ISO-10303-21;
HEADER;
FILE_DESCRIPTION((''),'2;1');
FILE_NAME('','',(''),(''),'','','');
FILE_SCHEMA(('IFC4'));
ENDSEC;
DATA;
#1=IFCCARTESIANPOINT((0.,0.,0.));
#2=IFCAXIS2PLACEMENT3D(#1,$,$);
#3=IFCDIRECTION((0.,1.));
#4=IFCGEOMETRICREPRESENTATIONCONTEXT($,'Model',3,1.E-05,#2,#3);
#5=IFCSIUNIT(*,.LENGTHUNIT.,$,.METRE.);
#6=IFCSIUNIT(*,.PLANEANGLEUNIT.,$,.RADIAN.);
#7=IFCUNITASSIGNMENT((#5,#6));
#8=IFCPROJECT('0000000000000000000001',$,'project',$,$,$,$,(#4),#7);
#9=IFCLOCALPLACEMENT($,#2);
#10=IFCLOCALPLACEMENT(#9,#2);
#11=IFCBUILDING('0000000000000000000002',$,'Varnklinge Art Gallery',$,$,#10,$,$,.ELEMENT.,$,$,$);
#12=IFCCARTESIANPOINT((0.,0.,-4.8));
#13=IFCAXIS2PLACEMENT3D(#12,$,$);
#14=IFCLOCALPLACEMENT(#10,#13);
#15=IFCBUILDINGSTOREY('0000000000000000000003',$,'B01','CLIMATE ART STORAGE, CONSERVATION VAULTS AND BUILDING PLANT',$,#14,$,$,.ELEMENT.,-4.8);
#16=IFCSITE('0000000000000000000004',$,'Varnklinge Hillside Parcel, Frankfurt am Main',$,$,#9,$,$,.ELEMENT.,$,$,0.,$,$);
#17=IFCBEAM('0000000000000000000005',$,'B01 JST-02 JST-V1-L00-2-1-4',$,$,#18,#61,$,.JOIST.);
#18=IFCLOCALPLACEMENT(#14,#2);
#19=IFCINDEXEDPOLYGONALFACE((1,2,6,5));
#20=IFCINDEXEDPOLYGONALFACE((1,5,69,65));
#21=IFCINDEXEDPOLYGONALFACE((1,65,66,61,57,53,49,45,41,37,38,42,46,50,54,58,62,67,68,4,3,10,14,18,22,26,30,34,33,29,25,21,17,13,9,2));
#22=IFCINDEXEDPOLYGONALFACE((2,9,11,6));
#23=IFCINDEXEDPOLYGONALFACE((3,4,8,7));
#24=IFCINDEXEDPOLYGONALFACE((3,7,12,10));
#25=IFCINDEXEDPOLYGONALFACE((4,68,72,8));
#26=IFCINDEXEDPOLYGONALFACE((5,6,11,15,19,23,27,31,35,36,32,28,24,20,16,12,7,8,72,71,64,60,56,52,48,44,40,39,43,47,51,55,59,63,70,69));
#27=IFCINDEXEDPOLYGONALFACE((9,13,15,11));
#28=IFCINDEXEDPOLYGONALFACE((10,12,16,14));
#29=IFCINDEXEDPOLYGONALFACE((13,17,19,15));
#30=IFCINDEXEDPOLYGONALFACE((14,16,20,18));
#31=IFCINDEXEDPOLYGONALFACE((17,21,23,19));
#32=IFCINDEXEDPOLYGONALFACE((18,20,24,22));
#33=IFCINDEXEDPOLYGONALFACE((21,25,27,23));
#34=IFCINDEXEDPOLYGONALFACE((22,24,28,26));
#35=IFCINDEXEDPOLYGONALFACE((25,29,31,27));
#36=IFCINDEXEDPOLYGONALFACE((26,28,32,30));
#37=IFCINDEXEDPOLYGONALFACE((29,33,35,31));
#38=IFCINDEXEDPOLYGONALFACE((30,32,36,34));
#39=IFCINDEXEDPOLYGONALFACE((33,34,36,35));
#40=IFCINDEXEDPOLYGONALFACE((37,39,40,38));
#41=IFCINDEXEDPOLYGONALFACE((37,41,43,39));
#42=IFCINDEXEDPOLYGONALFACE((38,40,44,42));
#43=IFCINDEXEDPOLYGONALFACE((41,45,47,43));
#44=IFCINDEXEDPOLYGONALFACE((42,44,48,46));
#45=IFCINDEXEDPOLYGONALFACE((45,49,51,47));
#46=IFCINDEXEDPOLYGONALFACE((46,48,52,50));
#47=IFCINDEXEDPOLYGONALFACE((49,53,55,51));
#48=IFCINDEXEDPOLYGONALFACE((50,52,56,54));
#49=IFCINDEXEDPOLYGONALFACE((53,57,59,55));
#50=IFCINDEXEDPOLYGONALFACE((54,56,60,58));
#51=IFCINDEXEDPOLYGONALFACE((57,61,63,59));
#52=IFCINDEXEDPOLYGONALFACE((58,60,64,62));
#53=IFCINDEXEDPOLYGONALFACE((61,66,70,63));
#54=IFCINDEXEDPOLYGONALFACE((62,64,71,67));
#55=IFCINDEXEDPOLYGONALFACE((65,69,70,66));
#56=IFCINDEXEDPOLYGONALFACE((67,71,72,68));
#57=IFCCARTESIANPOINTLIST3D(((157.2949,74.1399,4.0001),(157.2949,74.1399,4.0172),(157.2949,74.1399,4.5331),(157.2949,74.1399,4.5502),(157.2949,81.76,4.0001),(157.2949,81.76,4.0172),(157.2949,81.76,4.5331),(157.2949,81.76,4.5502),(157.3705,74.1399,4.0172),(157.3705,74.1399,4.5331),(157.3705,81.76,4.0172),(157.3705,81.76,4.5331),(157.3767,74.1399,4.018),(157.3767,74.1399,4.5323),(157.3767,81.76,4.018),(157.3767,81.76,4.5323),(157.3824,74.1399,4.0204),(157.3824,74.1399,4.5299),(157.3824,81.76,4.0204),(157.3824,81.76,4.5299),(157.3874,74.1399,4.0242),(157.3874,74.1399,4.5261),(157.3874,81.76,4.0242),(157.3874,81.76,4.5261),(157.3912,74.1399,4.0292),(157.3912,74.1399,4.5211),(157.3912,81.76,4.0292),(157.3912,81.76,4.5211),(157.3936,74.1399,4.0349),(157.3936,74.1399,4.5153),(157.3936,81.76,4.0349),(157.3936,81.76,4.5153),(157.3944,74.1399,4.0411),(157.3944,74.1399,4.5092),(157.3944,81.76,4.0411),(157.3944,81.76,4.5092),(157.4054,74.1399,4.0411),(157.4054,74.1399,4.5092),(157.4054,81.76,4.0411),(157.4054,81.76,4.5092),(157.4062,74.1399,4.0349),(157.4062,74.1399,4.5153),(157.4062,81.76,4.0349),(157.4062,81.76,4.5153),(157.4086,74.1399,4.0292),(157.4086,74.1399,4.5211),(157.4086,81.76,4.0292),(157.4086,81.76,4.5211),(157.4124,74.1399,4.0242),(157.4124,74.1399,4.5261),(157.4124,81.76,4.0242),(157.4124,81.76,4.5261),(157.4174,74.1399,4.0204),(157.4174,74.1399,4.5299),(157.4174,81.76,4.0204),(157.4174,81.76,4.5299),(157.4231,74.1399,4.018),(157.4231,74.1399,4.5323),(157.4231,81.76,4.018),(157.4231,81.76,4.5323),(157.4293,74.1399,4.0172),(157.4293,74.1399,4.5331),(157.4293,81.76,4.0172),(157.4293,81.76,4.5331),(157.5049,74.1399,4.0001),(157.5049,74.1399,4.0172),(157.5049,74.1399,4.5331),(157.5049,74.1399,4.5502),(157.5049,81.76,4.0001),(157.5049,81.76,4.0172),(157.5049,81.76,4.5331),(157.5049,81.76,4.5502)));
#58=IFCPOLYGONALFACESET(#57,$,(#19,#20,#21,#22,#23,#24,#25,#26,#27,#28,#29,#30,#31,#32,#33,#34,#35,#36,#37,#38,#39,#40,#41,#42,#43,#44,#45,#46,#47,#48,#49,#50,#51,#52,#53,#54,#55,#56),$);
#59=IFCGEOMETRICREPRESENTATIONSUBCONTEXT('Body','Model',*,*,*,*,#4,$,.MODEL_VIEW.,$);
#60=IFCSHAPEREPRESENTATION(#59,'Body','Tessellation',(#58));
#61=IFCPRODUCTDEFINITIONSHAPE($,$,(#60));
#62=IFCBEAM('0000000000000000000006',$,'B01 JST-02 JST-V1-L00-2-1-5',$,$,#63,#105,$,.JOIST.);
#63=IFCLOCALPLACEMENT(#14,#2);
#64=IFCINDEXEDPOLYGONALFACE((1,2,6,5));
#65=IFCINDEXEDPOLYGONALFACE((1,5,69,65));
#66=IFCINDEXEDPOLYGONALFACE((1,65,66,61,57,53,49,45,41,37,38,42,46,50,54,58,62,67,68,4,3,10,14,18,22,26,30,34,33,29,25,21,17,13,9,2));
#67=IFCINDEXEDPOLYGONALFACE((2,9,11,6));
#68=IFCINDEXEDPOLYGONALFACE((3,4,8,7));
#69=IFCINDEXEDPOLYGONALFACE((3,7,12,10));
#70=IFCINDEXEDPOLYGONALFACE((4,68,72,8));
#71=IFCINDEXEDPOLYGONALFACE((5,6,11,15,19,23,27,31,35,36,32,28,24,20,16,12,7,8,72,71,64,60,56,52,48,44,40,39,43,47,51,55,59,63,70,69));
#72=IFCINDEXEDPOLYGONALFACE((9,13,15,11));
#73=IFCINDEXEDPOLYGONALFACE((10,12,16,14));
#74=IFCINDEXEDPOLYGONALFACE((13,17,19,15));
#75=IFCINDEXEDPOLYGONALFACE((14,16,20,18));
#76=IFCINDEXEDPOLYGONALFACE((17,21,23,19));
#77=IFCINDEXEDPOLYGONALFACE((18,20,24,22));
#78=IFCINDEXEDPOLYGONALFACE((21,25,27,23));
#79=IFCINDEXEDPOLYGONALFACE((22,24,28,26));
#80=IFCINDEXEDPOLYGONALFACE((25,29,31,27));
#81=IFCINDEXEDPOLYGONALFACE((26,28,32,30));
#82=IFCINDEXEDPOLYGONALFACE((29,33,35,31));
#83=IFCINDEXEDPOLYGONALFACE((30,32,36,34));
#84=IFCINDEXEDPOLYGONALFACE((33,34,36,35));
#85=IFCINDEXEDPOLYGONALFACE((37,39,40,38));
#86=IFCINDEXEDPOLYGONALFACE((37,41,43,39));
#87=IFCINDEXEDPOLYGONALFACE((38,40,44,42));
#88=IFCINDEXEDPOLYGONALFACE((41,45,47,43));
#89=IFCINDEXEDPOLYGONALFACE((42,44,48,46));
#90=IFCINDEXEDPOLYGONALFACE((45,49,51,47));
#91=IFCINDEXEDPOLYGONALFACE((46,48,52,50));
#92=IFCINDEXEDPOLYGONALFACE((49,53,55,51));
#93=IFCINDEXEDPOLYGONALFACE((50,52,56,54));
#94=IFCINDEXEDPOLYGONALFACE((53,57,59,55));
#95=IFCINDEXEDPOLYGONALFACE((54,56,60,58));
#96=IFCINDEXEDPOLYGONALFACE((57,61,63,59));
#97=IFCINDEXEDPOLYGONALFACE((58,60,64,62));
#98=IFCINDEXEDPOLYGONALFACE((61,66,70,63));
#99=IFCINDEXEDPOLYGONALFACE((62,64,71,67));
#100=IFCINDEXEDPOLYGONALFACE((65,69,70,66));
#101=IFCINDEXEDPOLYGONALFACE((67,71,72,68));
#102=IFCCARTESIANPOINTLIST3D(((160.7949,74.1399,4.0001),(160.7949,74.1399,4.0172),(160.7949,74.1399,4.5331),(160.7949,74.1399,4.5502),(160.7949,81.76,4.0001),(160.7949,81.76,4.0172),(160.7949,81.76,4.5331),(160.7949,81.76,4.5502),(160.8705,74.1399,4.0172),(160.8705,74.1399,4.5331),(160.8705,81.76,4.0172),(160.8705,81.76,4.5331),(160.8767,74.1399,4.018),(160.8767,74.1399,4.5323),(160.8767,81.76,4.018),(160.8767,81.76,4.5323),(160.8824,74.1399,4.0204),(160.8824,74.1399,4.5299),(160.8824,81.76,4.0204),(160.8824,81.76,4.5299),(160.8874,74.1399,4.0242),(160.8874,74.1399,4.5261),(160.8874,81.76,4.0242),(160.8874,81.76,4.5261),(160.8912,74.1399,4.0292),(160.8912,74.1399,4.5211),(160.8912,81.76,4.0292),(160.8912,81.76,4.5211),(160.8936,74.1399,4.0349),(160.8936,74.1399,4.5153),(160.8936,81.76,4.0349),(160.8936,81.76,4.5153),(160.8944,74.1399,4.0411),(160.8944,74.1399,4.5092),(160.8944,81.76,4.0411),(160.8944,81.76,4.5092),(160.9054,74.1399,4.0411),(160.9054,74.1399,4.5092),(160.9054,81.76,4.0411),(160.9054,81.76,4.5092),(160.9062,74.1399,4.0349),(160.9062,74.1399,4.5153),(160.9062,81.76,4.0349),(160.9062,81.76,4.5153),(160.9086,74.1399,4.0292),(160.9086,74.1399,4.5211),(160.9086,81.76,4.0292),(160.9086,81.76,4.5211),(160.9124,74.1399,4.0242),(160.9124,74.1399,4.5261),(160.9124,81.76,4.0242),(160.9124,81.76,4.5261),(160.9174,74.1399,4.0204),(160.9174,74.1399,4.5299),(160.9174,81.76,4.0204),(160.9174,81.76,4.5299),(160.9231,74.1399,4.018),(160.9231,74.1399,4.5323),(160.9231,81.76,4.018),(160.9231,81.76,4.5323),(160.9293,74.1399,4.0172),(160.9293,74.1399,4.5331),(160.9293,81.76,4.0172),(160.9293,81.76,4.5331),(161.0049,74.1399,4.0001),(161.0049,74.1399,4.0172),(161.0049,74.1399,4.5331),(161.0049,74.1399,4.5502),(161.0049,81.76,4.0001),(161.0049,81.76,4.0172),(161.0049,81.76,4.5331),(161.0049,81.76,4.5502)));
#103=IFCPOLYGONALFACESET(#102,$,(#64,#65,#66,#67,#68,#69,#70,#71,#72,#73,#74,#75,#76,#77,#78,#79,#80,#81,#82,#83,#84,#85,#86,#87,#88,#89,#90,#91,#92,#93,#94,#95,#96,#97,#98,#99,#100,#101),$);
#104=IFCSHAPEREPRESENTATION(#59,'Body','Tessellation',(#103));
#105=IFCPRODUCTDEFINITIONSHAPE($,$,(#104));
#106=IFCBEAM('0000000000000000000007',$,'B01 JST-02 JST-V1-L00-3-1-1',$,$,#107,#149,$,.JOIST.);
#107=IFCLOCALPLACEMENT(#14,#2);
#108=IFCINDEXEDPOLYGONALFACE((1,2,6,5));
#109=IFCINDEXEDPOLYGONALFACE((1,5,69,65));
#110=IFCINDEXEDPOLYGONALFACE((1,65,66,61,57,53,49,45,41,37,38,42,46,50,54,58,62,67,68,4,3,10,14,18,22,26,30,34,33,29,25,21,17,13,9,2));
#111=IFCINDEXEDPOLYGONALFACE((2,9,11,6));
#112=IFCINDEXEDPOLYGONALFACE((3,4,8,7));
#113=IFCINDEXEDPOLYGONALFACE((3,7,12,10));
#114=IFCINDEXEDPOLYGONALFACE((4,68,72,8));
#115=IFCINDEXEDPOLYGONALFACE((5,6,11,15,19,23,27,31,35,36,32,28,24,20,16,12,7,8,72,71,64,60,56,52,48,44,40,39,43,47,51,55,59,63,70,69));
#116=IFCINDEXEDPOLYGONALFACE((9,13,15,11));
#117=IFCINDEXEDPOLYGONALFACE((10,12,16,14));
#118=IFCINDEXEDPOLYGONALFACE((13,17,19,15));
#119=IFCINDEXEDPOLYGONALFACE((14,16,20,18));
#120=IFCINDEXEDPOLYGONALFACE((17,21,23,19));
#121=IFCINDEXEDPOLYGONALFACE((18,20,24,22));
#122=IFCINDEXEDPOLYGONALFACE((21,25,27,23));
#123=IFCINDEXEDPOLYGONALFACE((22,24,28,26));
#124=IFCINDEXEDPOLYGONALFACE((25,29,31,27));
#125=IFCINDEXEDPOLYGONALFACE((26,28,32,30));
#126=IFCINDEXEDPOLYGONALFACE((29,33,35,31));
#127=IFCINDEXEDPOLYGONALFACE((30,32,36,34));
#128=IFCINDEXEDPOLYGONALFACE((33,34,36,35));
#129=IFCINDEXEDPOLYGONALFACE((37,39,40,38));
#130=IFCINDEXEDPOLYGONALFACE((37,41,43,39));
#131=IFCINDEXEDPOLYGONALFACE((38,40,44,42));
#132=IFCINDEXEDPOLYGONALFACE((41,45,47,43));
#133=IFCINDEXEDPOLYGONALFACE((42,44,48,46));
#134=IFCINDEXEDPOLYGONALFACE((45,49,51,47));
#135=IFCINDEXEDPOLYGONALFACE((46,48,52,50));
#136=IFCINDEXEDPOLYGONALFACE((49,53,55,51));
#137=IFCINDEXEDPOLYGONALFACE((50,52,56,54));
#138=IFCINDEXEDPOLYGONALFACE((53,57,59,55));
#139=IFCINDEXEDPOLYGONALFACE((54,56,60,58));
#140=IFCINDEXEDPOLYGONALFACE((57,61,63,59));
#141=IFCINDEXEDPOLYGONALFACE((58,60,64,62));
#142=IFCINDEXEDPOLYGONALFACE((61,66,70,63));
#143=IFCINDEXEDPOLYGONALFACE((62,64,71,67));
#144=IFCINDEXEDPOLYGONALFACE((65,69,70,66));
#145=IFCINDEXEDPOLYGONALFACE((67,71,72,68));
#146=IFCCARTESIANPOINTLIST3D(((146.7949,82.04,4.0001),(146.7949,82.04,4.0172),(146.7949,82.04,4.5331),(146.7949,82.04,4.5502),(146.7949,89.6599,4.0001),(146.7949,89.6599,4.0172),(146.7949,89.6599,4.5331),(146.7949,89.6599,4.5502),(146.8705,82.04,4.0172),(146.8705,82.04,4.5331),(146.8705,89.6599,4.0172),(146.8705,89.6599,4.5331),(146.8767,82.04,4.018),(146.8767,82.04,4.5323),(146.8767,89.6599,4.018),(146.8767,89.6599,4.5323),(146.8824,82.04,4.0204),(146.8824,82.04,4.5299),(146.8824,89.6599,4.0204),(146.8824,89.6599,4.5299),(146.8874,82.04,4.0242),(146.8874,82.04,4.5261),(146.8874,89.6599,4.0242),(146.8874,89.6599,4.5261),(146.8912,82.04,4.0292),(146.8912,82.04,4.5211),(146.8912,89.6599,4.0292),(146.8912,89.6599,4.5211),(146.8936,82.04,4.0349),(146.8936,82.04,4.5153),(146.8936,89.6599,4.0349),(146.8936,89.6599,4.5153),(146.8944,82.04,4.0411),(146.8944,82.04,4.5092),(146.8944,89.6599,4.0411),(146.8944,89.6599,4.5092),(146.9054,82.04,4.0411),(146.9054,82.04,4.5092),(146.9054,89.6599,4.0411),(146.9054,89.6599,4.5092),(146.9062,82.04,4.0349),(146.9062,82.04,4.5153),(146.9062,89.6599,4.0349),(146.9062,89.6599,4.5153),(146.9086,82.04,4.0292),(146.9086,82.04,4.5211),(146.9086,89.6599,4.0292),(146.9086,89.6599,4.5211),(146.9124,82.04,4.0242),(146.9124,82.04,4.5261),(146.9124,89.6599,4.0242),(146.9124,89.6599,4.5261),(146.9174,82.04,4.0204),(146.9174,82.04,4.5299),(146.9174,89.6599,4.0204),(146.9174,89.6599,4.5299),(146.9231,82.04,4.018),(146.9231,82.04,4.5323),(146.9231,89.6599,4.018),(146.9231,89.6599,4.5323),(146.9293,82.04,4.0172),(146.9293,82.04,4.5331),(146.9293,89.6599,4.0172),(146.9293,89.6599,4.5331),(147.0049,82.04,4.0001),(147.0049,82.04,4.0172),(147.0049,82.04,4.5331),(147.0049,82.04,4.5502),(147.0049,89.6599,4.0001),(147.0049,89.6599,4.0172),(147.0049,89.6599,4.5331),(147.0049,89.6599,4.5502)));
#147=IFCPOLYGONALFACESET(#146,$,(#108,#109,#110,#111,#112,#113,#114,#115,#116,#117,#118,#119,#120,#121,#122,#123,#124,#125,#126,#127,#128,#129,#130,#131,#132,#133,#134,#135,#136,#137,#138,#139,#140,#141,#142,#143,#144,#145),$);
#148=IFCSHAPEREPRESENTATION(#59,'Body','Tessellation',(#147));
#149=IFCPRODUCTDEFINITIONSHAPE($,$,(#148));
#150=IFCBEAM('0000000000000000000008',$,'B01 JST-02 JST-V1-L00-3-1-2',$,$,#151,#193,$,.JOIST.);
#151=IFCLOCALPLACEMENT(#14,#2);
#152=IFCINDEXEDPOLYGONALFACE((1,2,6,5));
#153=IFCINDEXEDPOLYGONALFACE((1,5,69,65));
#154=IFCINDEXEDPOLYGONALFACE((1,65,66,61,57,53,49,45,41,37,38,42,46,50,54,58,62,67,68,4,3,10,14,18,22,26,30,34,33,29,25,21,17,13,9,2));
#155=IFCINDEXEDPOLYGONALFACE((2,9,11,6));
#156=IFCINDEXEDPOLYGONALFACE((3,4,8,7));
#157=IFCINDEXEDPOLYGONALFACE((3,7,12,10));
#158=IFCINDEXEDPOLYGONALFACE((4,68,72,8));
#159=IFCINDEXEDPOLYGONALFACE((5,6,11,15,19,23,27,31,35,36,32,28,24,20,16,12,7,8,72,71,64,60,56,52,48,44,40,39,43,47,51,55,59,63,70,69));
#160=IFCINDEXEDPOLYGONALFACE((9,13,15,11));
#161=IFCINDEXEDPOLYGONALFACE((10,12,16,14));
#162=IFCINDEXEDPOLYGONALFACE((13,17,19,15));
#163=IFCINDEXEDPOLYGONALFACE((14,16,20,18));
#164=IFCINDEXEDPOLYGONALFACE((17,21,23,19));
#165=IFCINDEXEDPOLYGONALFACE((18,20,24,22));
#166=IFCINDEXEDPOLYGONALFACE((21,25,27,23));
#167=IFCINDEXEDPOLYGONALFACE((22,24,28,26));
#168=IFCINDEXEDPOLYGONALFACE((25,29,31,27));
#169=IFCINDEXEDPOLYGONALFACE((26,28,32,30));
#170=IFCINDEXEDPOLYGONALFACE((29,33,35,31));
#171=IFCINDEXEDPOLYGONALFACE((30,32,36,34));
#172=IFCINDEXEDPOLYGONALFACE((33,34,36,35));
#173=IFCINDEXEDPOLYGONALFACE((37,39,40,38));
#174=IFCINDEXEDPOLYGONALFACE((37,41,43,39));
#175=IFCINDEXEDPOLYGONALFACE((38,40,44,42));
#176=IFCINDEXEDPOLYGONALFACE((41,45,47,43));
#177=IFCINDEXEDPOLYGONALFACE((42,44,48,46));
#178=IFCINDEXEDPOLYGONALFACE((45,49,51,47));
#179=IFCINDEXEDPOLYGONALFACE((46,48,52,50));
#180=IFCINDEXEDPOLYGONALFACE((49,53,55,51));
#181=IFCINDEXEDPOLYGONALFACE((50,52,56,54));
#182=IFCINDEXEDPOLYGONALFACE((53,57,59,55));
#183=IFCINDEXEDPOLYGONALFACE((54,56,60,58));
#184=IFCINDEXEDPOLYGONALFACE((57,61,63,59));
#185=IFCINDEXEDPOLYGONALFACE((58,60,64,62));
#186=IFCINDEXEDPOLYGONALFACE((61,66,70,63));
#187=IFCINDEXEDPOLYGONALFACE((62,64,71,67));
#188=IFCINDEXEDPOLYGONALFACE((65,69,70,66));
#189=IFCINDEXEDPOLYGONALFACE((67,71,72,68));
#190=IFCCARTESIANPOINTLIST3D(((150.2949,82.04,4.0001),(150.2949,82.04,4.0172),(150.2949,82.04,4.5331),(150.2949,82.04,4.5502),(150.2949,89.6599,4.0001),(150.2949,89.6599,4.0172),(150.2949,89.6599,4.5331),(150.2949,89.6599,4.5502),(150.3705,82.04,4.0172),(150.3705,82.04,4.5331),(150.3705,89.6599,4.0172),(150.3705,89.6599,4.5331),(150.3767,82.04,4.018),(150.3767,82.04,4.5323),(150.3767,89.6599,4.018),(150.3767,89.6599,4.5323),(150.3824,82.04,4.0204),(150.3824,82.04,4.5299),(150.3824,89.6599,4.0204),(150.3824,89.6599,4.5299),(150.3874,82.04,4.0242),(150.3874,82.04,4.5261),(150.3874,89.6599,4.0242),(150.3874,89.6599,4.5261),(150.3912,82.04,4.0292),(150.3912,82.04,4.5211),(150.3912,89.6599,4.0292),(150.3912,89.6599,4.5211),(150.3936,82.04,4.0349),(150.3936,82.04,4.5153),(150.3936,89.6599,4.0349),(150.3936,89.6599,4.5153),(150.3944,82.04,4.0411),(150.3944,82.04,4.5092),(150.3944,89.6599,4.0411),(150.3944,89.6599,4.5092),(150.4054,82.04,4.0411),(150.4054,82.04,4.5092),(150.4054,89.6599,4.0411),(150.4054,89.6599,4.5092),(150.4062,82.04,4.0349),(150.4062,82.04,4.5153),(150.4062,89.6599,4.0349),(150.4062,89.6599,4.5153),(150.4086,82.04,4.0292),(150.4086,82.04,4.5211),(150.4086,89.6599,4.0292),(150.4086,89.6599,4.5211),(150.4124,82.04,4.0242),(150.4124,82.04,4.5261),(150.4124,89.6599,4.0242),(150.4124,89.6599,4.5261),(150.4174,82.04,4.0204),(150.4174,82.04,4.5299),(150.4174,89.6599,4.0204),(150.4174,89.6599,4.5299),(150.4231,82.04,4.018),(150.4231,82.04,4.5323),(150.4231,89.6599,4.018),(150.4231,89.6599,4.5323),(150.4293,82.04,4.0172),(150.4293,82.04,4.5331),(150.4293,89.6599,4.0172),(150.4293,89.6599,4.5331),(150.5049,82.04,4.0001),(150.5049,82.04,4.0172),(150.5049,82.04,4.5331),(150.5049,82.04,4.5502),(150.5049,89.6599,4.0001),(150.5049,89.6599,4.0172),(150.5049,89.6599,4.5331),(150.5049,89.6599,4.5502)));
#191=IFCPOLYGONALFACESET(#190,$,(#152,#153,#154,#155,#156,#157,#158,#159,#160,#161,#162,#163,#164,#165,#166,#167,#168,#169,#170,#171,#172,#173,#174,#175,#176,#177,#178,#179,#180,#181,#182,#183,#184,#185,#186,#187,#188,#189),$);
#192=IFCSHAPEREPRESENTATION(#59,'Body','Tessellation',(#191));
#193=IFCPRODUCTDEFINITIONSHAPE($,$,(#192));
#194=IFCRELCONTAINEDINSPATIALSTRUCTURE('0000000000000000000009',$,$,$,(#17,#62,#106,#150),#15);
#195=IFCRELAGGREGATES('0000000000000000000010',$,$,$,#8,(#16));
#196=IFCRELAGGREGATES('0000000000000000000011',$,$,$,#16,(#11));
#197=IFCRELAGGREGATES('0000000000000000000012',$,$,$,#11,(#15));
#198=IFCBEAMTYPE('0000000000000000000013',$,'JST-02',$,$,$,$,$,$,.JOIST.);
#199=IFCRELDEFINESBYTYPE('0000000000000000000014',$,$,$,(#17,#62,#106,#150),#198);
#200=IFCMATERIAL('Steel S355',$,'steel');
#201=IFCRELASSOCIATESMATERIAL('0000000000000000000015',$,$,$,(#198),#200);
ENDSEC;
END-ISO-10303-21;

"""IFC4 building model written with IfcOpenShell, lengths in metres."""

from ifc_helpers import new_model, si_unit, direction, frame, origin, origin_2d, place, context, subcontext, project, spatial, i_section, extrude, material, material_profile, profile_set, type_object, element, save


model = new_model("IFC4")

# Units and contexts
model_context = context("Model", 3, precision=1e-05, world=origin(), true_north=direction((0.0, 1.0)))
body_context = subcontext(model_context, "Body", "Model", "MODEL_VIEW")
ifc_project = project(units=[si_unit("LENGTHUNIT", "METRE"), si_unit("PLANEANGLEUNIT", "RADIAN")], contexts=[model_context])

# Site, building, storey
site_placement = place(None, origin())
site = spatial("IfcSite", under=ifc_project, at=site_placement, Name="Varnklinge Hillside Parcel, Frankfurt am Main", CompositionType="ELEMENT", RefElevation=0.0)
building_placement = place(site_placement, origin())
building = spatial("IfcBuilding", under=site, at=building_placement, Name="Varnklinge Art Gallery", CompositionType="ELEMENT")
storey_placement = place(building_placement, frame((0.0, 0.0, -4.8)))
storey = spatial("IfcBuildingStorey", under=building, at=storey_placement, Name="B01", Description="CLIMATE ART STORAGE, CONSERVATION VAULTS AND BUILDING PLANT", CompositionType="ELEMENT", Elevation=-4.8)

# Beams
ifc_material_1 = material(Name="Steel S355", Category="steel")
ifc_material_profile_1 = material_profile(ifc_material_1, i_section(OverallWidth=0.21, OverallDepth=0.55, WebThickness=0.011, FlangeThickness=0.0171, FilletRadius=0.0239, at=origin_2d()), Name="IPE 550")
ifc_profile_set_1 = profile_set([ifc_material_profile_1], Name="Steel S355")
beam_type_1 = type_object("IfcBeamType", Name="JST-02", PredefinedType="JOIST", material=ifc_profile_set_1)
for number, where, z_axis, x_axis, name in (
    (1, (157.3999, 74.1399, 4.2751), (0.0, 1.0, 0.0), (-1.0, 0.0, 0.0), "B01 JST-02 JST-V1-L00-2-1-4"),
    (2, (160.8999, 74.1399, 4.2751), (0.0, 1.0, 0.0), (-1.0, 0.0, 0.0), "B01 JST-02 JST-V1-L00-2-1-5"),
):
    element("IfcBeam", number, at=place(storey_placement, frame(where, z_axis=z_axis, x_axis=x_axis)), inside=storey, type_object=beam_type_1, Name=name, PredefinedType="JOIST", context=body_context, shape_type="SweptSolid", body=[
        extrude(i_section(OverallWidth=0.21, OverallDepth=0.55, WebThickness=0.011, FlangeThickness=0.0171, FilletRadius=0.0239, at=origin_2d()), origin(), (0.0, 0.0, 1.0), 7.6201),
    ])
for number, where, z_axis, x_axis, name in (
    (3, (146.8999, 82.04, 4.2751), (0.0, 1.0, 0.0), (-1.0, 0.0, 0.0), "B01 JST-02 JST-V1-L00-3-1-1"),
    (4, (150.3999, 82.04, 4.2751), (0.0, 1.0, 0.0), (-1.0, 0.0, 0.0), "B01 JST-02 JST-V1-L00-3-1-2"),
):
    element("IfcBeam", number, at=place(storey_placement, frame(where, z_axis=z_axis, x_axis=x_axis)), inside=storey, type_object=beam_type_1, Name=name, PredefinedType="JOIST", context=body_context, shape_type="SweptSolid", body=[
        extrude(i_section(OverallWidth=0.21, OverallDepth=0.55, WebThickness=0.011, FlangeThickness=0.0171, FilletRadius=0.0239, at=origin_2d()), origin(), (0.0, 0.0, 1.0), 7.6199),
    ])

save(model, "model.ifc")
